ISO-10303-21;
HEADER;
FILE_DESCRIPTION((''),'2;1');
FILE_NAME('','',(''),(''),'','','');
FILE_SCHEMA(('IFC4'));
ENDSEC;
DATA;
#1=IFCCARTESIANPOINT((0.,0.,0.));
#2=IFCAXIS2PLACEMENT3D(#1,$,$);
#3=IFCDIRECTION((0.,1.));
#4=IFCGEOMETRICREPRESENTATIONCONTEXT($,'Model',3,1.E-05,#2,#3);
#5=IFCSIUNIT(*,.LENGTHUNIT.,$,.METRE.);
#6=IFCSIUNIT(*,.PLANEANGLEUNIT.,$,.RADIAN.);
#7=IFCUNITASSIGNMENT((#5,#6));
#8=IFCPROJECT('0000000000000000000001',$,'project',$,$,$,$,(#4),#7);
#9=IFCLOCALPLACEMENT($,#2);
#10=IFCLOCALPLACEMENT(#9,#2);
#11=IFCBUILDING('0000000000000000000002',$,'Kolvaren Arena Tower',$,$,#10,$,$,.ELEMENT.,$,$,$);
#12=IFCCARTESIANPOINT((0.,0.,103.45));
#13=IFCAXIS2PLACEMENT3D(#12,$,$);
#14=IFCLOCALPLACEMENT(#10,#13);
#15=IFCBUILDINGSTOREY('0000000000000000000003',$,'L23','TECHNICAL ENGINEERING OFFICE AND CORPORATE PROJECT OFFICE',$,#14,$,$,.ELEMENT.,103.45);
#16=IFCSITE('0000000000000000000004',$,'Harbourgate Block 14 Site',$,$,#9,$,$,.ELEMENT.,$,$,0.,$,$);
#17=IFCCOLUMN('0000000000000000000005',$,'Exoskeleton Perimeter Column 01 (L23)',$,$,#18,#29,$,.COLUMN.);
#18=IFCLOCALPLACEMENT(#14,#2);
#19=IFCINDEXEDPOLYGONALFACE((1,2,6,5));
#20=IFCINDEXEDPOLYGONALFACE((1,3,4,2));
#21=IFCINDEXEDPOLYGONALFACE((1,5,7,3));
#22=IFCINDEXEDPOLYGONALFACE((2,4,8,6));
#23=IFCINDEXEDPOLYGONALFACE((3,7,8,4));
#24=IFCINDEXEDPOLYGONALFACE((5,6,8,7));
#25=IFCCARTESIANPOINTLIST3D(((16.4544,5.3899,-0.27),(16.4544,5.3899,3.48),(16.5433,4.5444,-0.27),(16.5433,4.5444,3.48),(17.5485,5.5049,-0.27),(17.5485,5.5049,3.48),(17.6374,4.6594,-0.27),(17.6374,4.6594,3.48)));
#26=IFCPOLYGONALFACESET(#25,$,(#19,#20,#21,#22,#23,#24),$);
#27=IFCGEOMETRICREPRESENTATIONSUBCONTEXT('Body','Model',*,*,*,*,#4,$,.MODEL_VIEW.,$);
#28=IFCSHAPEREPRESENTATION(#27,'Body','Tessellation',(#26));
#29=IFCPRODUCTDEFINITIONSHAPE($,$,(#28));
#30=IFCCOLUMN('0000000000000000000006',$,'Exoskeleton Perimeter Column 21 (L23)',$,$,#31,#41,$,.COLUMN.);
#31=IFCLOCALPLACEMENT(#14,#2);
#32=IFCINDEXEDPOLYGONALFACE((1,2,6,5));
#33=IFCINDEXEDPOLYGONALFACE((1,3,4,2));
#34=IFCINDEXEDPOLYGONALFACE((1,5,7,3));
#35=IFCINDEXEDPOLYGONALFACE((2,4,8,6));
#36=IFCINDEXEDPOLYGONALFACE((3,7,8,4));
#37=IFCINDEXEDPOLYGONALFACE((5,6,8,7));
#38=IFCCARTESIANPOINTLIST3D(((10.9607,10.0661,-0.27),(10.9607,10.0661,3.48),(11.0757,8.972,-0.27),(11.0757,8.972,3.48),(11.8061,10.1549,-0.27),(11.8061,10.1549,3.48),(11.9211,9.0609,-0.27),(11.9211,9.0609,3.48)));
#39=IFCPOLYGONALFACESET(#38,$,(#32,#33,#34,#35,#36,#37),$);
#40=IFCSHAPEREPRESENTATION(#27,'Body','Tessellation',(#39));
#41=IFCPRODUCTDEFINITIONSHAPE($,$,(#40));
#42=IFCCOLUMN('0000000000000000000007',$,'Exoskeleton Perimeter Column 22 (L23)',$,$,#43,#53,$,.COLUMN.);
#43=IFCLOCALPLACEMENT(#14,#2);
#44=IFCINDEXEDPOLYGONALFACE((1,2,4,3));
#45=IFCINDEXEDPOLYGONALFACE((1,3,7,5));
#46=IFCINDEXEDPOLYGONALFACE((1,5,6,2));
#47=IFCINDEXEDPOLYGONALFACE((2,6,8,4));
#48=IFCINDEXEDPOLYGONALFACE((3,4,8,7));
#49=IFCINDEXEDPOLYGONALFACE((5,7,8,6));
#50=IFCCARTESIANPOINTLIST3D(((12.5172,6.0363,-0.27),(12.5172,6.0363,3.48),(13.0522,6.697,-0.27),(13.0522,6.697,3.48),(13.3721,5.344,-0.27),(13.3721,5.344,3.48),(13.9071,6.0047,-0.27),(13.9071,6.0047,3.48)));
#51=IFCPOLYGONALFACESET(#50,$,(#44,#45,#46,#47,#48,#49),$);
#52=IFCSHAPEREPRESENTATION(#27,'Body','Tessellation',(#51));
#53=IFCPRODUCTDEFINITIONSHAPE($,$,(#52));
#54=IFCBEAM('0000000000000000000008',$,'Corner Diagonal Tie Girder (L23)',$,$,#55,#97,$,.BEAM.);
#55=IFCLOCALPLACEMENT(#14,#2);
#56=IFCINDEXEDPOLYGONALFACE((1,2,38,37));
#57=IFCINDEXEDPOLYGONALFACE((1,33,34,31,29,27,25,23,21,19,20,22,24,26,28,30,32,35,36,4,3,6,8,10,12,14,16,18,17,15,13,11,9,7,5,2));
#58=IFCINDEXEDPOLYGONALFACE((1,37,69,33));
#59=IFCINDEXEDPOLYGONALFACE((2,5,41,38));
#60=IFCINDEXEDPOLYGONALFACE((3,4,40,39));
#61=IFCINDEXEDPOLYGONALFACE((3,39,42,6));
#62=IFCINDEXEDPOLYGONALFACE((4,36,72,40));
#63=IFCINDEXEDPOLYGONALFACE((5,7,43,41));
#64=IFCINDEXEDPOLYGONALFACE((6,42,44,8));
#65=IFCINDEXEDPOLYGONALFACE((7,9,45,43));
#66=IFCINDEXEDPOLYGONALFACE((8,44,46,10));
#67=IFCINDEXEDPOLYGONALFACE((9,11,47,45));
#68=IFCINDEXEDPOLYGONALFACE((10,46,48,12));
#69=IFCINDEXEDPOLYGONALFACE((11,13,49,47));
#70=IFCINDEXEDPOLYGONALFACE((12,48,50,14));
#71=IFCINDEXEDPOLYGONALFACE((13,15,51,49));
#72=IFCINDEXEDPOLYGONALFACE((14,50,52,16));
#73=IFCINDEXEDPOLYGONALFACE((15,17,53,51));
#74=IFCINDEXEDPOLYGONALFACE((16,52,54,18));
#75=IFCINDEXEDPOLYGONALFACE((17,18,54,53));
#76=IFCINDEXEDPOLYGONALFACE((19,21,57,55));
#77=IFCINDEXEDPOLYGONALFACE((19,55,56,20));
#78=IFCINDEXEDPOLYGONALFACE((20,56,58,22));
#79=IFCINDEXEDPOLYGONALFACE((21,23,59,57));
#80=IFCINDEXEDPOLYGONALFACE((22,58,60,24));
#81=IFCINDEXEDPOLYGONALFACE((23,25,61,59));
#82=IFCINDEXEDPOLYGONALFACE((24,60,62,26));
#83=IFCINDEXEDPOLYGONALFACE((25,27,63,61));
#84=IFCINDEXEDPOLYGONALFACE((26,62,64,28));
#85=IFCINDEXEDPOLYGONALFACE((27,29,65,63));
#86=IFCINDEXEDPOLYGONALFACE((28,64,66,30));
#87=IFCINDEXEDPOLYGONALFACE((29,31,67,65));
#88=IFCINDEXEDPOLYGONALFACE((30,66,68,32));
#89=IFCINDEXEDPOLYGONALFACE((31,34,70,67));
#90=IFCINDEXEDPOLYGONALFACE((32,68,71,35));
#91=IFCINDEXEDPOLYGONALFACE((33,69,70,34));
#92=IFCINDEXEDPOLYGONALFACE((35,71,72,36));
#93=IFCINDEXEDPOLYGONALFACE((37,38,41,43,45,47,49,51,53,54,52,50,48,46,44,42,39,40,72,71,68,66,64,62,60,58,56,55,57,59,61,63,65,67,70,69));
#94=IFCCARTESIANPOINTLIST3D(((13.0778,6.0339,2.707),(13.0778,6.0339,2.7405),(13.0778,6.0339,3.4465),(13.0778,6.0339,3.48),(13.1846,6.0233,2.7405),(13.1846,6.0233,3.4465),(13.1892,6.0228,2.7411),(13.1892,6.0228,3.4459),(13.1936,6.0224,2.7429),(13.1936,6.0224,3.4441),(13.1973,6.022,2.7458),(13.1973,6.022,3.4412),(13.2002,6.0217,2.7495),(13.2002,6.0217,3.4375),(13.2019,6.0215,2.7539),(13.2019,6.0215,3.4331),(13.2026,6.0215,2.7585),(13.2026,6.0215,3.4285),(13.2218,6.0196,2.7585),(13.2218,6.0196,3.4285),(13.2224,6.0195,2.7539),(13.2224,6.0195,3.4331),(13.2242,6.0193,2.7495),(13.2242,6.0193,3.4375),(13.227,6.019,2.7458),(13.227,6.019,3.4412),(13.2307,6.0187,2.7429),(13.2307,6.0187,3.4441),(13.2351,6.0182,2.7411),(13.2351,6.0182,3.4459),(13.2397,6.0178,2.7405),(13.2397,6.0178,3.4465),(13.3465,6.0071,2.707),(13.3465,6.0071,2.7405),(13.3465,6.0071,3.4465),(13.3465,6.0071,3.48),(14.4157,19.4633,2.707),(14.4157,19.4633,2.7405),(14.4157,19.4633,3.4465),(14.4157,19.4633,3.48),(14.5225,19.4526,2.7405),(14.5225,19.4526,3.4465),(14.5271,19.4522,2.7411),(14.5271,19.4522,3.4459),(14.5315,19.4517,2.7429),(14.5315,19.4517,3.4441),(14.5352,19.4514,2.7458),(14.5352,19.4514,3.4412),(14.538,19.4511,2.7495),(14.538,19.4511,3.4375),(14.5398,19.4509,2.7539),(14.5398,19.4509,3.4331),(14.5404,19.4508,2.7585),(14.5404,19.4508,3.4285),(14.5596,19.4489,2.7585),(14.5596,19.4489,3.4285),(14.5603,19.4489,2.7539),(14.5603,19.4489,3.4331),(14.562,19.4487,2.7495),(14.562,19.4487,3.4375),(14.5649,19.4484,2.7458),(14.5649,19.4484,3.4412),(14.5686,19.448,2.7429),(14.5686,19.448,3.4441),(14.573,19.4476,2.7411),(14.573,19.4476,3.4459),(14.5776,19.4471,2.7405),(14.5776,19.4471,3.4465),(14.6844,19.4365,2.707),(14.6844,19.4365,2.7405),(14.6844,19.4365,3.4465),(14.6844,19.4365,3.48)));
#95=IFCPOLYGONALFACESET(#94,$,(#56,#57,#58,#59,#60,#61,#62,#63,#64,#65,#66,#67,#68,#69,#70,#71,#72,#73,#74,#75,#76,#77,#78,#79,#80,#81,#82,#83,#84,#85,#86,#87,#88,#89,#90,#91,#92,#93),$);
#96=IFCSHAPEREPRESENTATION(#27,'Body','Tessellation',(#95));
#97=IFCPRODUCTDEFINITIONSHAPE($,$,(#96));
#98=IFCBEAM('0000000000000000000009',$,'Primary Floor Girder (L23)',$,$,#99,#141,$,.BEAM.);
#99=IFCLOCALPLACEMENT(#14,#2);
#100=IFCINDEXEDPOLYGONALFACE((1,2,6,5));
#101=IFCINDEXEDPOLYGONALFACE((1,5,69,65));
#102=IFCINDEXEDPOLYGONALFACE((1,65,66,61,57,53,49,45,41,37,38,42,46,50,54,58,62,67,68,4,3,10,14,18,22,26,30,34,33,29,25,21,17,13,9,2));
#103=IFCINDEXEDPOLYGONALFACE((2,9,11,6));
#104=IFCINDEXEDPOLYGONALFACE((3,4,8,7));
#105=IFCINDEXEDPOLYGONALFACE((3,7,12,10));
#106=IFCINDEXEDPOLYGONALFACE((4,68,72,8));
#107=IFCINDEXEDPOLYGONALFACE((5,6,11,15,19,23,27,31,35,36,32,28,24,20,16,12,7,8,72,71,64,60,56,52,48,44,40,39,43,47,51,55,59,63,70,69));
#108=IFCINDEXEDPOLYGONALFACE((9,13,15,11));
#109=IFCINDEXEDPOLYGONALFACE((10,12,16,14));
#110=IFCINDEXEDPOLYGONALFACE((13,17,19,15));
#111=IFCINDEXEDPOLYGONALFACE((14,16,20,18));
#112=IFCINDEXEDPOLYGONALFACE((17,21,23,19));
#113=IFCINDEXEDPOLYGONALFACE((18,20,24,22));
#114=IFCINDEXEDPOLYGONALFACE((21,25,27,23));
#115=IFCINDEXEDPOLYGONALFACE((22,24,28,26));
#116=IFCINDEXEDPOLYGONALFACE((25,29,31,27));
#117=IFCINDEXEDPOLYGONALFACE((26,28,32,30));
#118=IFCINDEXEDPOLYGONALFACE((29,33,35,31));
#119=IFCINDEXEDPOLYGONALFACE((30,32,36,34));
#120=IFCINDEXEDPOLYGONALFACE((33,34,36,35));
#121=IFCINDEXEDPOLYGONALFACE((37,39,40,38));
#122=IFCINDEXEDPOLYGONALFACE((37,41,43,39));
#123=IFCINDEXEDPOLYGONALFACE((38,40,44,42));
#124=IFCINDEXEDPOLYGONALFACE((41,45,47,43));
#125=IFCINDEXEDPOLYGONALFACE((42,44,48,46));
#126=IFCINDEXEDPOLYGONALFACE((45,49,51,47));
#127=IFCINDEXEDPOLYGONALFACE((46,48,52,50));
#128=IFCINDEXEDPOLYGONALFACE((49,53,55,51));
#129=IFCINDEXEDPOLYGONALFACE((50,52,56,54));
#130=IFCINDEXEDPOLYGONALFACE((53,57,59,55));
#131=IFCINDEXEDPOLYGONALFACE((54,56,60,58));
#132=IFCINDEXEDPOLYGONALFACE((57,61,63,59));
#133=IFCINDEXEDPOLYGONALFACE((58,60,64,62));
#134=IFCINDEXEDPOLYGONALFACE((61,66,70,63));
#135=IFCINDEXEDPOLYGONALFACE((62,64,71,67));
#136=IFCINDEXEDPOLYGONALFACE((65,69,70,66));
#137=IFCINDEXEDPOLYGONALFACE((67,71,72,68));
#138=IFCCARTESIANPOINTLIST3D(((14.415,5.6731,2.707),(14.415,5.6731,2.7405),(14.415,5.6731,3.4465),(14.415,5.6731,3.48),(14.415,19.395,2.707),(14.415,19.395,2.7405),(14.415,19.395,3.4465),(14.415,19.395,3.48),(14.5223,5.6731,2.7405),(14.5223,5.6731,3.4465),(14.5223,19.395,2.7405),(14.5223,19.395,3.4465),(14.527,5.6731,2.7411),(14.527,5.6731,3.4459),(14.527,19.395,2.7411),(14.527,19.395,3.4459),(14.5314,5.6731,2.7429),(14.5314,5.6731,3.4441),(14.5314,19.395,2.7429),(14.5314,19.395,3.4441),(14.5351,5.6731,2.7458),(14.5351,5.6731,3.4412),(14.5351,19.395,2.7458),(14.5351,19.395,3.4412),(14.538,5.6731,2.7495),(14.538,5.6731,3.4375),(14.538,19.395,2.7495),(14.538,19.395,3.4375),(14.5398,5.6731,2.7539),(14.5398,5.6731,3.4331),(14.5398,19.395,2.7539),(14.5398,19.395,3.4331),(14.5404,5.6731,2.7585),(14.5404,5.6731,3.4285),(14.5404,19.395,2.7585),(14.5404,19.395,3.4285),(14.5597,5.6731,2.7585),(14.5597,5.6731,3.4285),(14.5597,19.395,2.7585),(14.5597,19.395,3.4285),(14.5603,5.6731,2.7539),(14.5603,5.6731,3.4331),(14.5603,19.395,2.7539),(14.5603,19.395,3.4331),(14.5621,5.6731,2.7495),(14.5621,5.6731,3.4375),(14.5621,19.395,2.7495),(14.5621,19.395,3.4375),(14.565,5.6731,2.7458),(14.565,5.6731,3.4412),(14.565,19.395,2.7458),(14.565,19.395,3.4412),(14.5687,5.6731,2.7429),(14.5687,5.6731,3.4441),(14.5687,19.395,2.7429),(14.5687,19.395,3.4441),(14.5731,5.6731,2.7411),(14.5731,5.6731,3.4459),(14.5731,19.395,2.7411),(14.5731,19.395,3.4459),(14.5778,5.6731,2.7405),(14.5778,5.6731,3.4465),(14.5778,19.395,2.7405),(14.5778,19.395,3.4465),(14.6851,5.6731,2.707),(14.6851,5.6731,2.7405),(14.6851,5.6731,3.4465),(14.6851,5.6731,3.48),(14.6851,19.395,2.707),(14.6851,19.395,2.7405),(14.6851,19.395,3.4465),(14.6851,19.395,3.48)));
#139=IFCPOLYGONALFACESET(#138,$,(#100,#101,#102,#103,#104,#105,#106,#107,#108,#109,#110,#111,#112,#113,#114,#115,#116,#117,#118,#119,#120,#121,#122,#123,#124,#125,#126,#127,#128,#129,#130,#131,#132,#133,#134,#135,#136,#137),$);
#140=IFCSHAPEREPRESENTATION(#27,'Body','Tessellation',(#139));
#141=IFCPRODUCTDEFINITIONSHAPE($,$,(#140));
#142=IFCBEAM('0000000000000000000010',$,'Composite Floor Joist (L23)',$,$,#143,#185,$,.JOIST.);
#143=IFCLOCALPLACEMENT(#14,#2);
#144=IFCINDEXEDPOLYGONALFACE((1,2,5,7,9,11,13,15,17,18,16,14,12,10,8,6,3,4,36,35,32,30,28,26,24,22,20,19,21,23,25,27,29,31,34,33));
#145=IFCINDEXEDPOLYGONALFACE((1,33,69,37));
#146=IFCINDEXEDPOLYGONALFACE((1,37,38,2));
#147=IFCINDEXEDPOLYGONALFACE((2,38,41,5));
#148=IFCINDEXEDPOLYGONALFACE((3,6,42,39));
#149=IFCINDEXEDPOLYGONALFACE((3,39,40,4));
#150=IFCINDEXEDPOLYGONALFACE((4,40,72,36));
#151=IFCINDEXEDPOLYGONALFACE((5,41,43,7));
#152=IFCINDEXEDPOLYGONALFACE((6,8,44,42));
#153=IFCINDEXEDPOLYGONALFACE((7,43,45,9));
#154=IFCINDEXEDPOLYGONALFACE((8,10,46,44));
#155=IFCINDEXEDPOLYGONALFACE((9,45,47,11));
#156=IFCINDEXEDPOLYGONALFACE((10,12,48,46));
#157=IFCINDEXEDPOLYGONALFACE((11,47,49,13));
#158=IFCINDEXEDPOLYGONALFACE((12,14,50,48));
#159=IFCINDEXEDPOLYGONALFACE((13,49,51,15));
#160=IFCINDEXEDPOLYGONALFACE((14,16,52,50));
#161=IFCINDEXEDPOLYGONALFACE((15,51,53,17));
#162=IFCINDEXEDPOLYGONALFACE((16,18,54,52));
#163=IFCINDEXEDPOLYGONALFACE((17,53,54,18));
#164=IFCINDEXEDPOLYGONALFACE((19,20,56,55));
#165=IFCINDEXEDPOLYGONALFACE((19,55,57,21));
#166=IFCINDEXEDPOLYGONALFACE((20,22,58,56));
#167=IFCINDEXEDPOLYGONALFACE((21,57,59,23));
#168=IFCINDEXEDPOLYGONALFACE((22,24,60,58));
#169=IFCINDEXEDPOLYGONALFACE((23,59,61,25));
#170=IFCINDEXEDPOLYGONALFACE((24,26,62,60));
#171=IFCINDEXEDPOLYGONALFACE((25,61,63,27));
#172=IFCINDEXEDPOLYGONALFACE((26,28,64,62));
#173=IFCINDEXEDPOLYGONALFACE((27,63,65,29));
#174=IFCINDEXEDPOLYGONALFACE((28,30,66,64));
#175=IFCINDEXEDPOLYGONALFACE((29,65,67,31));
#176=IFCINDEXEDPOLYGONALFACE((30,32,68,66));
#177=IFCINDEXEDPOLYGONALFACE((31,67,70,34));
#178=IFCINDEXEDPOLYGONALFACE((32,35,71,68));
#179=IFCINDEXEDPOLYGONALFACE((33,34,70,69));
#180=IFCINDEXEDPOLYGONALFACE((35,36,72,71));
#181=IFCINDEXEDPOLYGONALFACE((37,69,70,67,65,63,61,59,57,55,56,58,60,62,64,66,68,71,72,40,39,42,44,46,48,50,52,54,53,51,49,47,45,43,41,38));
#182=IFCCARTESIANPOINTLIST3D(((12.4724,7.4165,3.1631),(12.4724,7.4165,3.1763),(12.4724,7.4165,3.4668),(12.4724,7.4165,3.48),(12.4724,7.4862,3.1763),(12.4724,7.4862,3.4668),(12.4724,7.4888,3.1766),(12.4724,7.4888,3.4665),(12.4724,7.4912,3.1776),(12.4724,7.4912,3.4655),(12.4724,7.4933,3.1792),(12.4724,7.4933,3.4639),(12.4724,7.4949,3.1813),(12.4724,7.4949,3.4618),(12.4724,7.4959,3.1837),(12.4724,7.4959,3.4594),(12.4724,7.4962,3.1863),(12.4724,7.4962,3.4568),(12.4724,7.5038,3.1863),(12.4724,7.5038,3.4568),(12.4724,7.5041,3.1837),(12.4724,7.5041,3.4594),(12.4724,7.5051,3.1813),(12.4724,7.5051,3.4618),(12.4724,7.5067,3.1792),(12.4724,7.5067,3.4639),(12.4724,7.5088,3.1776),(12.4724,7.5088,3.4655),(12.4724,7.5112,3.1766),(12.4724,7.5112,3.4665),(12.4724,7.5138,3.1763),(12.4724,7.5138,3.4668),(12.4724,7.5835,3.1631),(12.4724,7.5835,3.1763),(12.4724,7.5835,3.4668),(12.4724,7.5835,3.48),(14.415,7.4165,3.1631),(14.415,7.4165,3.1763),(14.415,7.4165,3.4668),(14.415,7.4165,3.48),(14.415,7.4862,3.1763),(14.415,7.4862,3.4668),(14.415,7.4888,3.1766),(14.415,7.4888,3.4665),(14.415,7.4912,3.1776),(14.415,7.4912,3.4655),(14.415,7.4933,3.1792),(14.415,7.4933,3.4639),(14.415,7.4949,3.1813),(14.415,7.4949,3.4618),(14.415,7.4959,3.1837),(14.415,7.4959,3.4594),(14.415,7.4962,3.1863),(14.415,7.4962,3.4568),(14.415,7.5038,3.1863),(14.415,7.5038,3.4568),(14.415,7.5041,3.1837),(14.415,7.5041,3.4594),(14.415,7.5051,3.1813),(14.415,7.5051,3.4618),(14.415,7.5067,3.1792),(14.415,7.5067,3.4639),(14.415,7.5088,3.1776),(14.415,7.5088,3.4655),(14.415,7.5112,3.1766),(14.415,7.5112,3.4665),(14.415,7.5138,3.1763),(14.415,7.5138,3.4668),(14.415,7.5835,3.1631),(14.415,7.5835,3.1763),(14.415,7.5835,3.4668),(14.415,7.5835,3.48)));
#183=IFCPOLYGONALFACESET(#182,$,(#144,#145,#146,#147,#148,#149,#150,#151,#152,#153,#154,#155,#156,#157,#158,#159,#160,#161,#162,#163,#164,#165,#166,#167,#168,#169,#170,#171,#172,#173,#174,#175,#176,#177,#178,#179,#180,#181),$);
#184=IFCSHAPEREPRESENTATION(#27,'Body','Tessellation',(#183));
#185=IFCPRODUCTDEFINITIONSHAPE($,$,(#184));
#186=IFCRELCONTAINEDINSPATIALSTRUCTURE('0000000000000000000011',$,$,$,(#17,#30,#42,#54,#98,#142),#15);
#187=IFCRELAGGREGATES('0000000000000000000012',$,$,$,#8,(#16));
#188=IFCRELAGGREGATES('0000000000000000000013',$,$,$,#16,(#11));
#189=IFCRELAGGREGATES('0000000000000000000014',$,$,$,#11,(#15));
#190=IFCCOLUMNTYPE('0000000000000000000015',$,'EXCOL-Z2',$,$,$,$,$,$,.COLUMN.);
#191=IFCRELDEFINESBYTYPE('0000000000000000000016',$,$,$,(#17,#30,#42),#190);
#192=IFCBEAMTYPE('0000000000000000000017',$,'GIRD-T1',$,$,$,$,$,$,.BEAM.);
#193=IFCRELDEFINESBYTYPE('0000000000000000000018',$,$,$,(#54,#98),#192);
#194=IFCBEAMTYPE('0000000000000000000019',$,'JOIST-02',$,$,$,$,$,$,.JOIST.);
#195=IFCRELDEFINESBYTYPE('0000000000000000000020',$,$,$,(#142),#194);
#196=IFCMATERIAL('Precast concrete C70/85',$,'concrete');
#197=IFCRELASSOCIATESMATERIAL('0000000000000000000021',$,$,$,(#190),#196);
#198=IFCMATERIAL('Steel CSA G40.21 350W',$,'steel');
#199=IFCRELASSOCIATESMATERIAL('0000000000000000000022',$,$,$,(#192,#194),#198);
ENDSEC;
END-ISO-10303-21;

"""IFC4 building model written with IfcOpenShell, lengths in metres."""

from ifc_helpers import new_model, si_unit, direction, frame, origin, origin_2d, place, context, subcontext, project, spatial, rectangle, i_section, extrude, material, material_profile, profile_set, type_object, element, save


model = new_model("IFC4")

# Units and contexts
model_context = context("Model", 3, precision=1e-05, world=origin(), true_north=direction((0.0, 1.0)))
body_context = subcontext(model_context, "Body", "Model", "MODEL_VIEW")
ifc_project = project(units=[si_unit("LENGTHUNIT", "METRE"), si_unit("PLANEANGLEUNIT", "RADIAN")], contexts=[model_context])

# Site, building, storey
site_placement = place(None, origin())
site = spatial("IfcSite", under=ifc_project, at=site_placement, Name="Harbourgate Block 14 Site", CompositionType="ELEMENT", RefElevation=0.0)
building_placement = place(site_placement, origin())
building = spatial("IfcBuilding", under=site, at=building_placement, Name="Kolvaren Arena Tower", CompositionType="ELEMENT")
storey_placement = place(building_placement, frame((0.0, 0.0, 103.45)))
storey = spatial("IfcBuildingStorey", under=building, at=storey_placement, Name="L23", Description="TECHNICAL ENGINEERING OFFICE AND CORPORATE PROJECT OFFICE", CompositionType="ELEMENT", Elevation=103.45)

# Columns
ifc_material_1 = material(Name="Precast concrete C70/85", Category="concrete")
ifc_material_profile_1 = material_profile(ifc_material_1, rectangle(XDim=1.1001, YDim=0.8501, at=origin_2d()), Name="RC-1100x850")
ifc_profile_set_1 = profile_set([ifc_material_profile_1], Name="Precast concrete C70/85")
column_type = type_object("IfcColumnType", Name="EXCOL-Z2", PredefinedType="COLUMN", material=ifc_profile_set_1)
for number, where, z_axis, x_axis, name in (
    (1, (17.0459, 5.0247, -0.27), (0.0, 0.0, 1.0), (0.994522, 0.104528, 0.0), "Exoskeleton Perimeter Column 01 (L23)"),
    (2, (11.4409, 9.5635, -0.27), (0.0, 0.0, 1.0), (-0.104528, 0.994522, 0.0), "Exoskeleton Perimeter Column 21 (L23)"),
    (3, (13.2122, 6.0205, -0.27), (0.0, 0.0, 1.0), (-0.777146, 0.62932, 0.0), "Exoskeleton Perimeter Column 22 (L23)"),
):
    element("IfcColumn", number, at=place(storey_placement, frame(where, z_axis=z_axis, x_axis=x_axis)), inside=storey, type_object=column_type, Name=name, PredefinedType="COLUMN", context=body_context, shape_type="SweptSolid", body=[
        extrude(rectangle(XDim=1.1001, YDim=0.8501, at=origin_2d()), origin(), (0.0, 0.0, 1.0), 3.75),
    ])

# Beams
ifc_material_2 = material(Name="Steel CSA G40.21 350W", Category="steel")
ifc_material_profile_2 = material_profile(ifc_material_2, i_section(OverallWidth=0.27, OverallDepth=0.7729, WebThickness=0.0193, FlangeThickness=0.0334, FilletRadius=0.0181, at=origin_2d()), Name="W760x257")
ifc_profile_set_2 = profile_set([ifc_material_profile_2], Name="Steel CSA G40.21 350W")
beam_type_1 = type_object("IfcBeamType", Name="GIRD-T1", PredefinedType="BEAM", material=ifc_profile_set_2)
beam_1_placement = place(storey_placement, frame((13.2122, 6.0205, 3.0935), z_axis=(0.099133, 0.995074, 0.0), x_axis=(-0.995074, 0.099133, 0.0)))
element("IfcBeam", 4, at=beam_1_placement, inside=storey, type_object=beam_type_1, Name="Corner Diagonal Tie Girder (L23)", PredefinedType="BEAM", context=body_context, shape_type="SweptSolid", body=[
    extrude(i_section(OverallWidth=0.27, OverallDepth=0.7729, WebThickness=0.0193, FlangeThickness=0.0334, FilletRadius=0.0181, at=origin_2d()), origin(), (0.0, 0.0, 1.0), 13.4958),
])
beam_2_placement = place(storey_placement, frame((14.55, 5.6731, 3.0935), z_axis=(0.0, 1.0, 0.0), x_axis=(-1.0, 0.0, 0.0)))
element("IfcBeam", 5, at=beam_2_placement, inside=storey, type_object=beam_type_1, Name="Primary Floor Girder (L23)", PredefinedType="BEAM", context=body_context, shape_type="SweptSolid", body=[
    extrude(i_section(OverallWidth=0.27, OverallDepth=0.7729, WebThickness=0.0193, FlangeThickness=0.0334, FilletRadius=0.0181, at=origin_2d()), origin(), (0.0, 0.0, 1.0), 13.7219),
])
ifc_material_profile_3 = material_profile(ifc_material_2, i_section(OverallWidth=0.167, OverallDepth=0.3169, WebThickness=0.0076, FlangeThickness=0.0132, FilletRadius=0.01, at=origin_2d()), Name="W310x52")
ifc_profile_set_3 = profile_set([ifc_material_profile_3], Name="Steel CSA G40.21 350W")
beam_type_2 = type_object("IfcBeamType", Name="JOIST-02", PredefinedType="JOIST", material=ifc_profile_set_3)
beam_3_placement = place(storey_placement, frame((12.4724, 7.5, 3.3215), z_axis=(1.0, 0.0, 0.0), x_axis=(0.0, 1.0, 0.0)))
element("IfcBeam", 6, at=beam_3_placement, inside=storey, type_object=beam_type_2, Name="Composite Floor Joist (L23)", PredefinedType="JOIST", context=body_context, shape_type="SweptSolid", body=[
    extrude(i_section(OverallWidth=0.167, OverallDepth=0.3169, WebThickness=0.0076, FlangeThickness=0.0132, FilletRadius=0.01, at=origin_2d()), origin(), (0.0, 0.0, 1.0), 1.9426),
])

save(model, "model.ifc")
